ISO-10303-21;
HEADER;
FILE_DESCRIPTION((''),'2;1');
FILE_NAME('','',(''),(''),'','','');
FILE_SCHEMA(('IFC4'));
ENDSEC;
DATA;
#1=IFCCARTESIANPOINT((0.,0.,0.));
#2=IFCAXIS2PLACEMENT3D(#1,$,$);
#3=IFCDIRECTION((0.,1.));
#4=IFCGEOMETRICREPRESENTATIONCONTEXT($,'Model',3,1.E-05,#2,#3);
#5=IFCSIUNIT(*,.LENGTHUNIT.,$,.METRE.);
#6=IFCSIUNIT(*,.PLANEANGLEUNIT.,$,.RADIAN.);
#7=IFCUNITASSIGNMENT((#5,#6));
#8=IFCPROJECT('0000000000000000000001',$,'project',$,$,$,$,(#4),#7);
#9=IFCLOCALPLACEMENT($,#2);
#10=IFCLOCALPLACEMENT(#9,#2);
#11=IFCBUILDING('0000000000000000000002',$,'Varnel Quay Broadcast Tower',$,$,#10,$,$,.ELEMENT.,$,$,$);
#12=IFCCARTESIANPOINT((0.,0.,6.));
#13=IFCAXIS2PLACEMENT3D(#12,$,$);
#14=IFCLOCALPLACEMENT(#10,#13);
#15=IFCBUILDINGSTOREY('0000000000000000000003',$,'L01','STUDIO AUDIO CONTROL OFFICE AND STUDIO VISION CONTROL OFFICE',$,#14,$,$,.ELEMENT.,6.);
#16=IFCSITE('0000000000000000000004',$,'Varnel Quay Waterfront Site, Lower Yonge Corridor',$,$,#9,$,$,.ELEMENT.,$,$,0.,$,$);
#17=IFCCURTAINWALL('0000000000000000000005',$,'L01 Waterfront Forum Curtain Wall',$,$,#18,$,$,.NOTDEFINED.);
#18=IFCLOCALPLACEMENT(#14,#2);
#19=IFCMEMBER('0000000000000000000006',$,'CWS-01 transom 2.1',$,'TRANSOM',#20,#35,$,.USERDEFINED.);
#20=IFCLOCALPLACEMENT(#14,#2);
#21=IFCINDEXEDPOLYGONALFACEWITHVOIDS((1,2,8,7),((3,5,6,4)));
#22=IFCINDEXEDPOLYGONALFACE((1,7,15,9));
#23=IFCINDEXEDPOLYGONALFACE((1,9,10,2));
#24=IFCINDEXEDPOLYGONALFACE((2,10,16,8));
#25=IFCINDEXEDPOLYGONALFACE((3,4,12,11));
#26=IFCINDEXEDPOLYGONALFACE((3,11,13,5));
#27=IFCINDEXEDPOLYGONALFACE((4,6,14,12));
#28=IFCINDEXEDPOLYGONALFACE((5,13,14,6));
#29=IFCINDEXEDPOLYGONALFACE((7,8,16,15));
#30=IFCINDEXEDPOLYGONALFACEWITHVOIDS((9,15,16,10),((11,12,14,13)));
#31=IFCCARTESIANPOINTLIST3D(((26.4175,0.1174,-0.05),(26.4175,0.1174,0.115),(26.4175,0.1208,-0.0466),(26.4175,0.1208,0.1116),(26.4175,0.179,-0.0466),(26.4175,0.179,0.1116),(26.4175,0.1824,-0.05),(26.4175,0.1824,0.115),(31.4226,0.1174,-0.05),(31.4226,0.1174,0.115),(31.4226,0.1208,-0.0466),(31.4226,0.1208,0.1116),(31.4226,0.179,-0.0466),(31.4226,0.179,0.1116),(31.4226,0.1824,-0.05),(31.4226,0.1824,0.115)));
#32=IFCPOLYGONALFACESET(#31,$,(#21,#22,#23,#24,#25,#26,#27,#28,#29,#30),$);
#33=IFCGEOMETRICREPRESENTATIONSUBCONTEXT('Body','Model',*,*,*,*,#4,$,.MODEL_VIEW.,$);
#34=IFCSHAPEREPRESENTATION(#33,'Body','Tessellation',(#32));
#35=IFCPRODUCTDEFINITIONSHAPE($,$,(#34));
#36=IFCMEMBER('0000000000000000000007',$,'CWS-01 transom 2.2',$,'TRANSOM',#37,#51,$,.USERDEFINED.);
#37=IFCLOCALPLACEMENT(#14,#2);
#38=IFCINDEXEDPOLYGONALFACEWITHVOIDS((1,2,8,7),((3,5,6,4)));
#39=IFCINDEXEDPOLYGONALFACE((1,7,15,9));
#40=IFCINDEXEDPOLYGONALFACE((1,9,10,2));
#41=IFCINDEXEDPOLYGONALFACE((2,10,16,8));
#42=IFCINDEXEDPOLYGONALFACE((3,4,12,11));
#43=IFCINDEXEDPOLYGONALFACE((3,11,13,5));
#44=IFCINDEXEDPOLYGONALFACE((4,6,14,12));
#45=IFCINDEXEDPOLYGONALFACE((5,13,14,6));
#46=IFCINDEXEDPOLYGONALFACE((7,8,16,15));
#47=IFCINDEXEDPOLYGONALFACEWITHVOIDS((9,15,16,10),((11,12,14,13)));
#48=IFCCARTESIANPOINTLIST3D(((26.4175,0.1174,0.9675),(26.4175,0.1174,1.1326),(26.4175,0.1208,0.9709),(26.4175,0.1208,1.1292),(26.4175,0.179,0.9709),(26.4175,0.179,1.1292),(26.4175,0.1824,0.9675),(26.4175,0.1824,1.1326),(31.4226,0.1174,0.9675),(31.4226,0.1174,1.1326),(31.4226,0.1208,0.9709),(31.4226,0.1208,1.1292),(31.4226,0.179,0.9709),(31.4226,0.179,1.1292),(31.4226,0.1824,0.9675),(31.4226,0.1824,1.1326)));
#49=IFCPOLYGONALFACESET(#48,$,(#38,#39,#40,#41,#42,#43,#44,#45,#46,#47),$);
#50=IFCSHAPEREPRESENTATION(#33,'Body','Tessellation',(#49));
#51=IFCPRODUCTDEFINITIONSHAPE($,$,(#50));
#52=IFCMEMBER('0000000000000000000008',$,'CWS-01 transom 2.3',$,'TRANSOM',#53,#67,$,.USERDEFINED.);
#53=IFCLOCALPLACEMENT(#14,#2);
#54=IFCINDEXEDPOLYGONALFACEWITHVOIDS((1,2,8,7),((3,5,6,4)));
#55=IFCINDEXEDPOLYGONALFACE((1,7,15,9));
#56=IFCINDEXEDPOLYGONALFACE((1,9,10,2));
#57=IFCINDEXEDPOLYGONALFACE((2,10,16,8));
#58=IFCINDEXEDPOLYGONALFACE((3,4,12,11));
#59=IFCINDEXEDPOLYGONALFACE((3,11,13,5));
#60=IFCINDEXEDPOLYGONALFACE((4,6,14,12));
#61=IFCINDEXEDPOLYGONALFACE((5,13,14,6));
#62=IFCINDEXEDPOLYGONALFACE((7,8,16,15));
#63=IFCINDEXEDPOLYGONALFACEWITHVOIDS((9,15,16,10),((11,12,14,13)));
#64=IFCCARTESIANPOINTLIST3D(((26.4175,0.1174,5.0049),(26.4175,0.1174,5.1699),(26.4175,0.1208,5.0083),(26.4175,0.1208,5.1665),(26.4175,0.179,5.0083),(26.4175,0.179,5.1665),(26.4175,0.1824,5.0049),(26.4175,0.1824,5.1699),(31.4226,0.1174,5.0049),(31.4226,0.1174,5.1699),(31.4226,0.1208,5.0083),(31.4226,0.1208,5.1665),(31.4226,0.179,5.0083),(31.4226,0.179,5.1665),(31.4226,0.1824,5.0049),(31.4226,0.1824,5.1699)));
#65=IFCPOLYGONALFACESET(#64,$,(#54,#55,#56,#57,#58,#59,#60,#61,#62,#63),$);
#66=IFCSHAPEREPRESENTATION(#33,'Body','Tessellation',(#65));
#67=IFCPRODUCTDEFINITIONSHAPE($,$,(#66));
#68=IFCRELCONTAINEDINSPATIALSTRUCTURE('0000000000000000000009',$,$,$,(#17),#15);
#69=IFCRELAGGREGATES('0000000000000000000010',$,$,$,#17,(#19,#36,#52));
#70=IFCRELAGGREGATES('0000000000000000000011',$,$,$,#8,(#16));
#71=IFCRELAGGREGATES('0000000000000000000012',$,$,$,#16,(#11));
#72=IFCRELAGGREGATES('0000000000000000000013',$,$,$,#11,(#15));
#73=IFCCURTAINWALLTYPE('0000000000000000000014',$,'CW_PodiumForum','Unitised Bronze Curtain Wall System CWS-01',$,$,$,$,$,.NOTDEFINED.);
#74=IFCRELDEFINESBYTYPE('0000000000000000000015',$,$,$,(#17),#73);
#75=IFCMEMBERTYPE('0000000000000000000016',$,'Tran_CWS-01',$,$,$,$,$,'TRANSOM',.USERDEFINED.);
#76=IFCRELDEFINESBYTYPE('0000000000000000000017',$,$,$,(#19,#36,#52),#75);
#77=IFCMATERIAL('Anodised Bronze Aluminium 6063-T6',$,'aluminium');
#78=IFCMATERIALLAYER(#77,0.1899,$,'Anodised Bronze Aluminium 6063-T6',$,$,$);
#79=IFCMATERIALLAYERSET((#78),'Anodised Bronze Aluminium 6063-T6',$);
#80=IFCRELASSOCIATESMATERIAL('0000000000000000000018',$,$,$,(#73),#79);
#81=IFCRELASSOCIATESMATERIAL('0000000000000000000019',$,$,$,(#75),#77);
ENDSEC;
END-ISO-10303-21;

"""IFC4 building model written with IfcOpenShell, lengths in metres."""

from ifc_helpers import new_model, si_unit, direction, frame, origin, origin_2d, place, context, subcontext, project, spatial, hollow_rectangle, extrude, source, transform, mapped, material, layer, layer_set, material_profile, profile_set, type_object, element, aggregate, save


model = new_model("IFC4")

# Units and contexts
model_context = context("Model", 3, precision=1e-05, world=origin(), true_north=direction((0.0, 1.0)))
body_context = subcontext(model_context, "Body", "Model", "MODEL_VIEW")
ifc_project = project(units=[si_unit("LENGTHUNIT", "METRE"), si_unit("PLANEANGLEUNIT", "RADIAN")], contexts=[model_context])

# Site, building, storey
site_placement = place(None, origin())
site = spatial("IfcSite", under=ifc_project, at=site_placement, Name="Varnel Quay Waterfront Site, Lower Yonge Corridor", CompositionType="ELEMENT", RefElevation=0.0)
building_placement = place(site_placement, origin())
building = spatial("IfcBuilding", under=site, at=building_placement, Name="Varnel Quay Broadcast Tower", CompositionType="ELEMENT")
storey_placement = place(building_placement, frame((0.0, 0.0, 6.0)))
storey = spatial("IfcBuildingStorey", under=building, at=storey_placement, Name="L01", Description="STUDIO AUDIO CONTROL OFFICE AND STUDIO VISION CONTROL OFFICE", CompositionType="ELEMENT", Elevation=6.0)

# Curtain wall, members
ifc_material_1 = material(Name="Anodised Bronze Aluminium 6063-T6", Category="aluminium")
ifc_layer_1 = layer(ifc_material_1, 0.1899, Name="Anodised Bronze Aluminium 6063-T6")
ifc_layer_set_1 = layer_set([ifc_layer_1], Name="Anodised Bronze Aluminium 6063-T6")
curtain_wall_type = type_object("IfcCurtainWallType", Name="CW_PodiumForum", Description="Unitised Bronze Curtain Wall System CWS-01", PredefinedType="NOTDEFINED", material=ifc_layer_set_1)
curtain_wall_placement = place(storey_placement, origin())
curtain_wall = element("IfcCurtainWall", 1, at=curtain_wall_placement, inside=storey, type_object=curtain_wall_type, Name="L01 Waterfront Forum Curtain Wall", PredefinedType="NOTDEFINED")
ifc_material_profile_1 = material_profile(ifc_material_1, hollow_rectangle(XDim=0.0649, YDim=0.165, WallThickness=0.0034, at=origin_2d()), Name="ALU65X165X3.5")
ifc_profile_set_1 = profile_set([ifc_material_profile_1], Name="Anodised Bronze Aluminium 6063-T6")
member_type_1 = type_object("IfcMemberType", Name="Tran_CWS-01", ElementType="TRANSOM", PredefinedType="USERDEFINED", material=ifc_profile_set_1)
shared_shape_1 = source(origin(), body_context, "Body", "SweptSolid", [
    extrude(hollow_rectangle(XDim=0.0649, YDim=0.165, WallThickness=0.0034, at=origin_2d()), origin(), (0.0, 0.0, 1.0), 5.0051),
])
member_1_placement = place(storey_placement, frame((26.4175, 0.1499, 0.0325), z_axis=(1.0, 0.0, 0.0), x_axis=(0.0, 1.0, 0.0)))
member_1 = element("IfcMember", 2, at=member_1_placement, type_object=member_type_1, Name="CWS-01 transom 2.1", ObjectType="TRANSOM", PredefinedType="USERDEFINED", context=body_context, shape_type="MappedRepresentation", body=[
    mapped(shared_shape_1, transform((0.0, 0.0, 0.0), x_axis=(1.0, 0.0, 0.0), y_axis=(0.0, 1.0, 0.0), z_axis=(0.0, 0.0, 1.0), scale=1.0)),
])
member_2_placement = place(storey_placement, frame((26.4175, 0.1499, 1.05), z_axis=(1.0, 0.0, 0.0), x_axis=(0.0, 1.0, 0.0)))
member_2 = element("IfcMember", 3, at=member_2_placement, type_object=member_type_1, Name="CWS-01 transom 2.2", ObjectType="TRANSOM", PredefinedType="USERDEFINED", context=body_context, shape_type="MappedRepresentation", body=[
    mapped(shared_shape_1, transform((0.0, 0.0, 0.0), x_axis=(1.0, 0.0, 0.0), y_axis=(0.0, 1.0, 0.0), z_axis=(0.0, 0.0, 1.0), scale=1.0)),
])
member_3_placement = place(storey_placement, frame((26.4175, 0.1499, 5.0874), z_axis=(1.0, 0.0, 0.0), x_axis=(0.0, 1.0, 0.0)))
member_3 = element("IfcMember", 4, at=member_3_placement, type_object=member_type_1, Name="CWS-01 transom 2.3", ObjectType="TRANSOM", PredefinedType="USERDEFINED", context=body_context, shape_type="MappedRepresentation", body=[
    mapped(shared_shape_1, transform((0.0, 0.0, 0.0), x_axis=(1.0, 0.0, 0.0), y_axis=(0.0, 1.0, 0.0), z_axis=(0.0, 0.0, 1.0), scale=1.0)),
])

aggregate(curtain_wall, [member_1, member_2, member_3])

save(model, "model.ifc")
